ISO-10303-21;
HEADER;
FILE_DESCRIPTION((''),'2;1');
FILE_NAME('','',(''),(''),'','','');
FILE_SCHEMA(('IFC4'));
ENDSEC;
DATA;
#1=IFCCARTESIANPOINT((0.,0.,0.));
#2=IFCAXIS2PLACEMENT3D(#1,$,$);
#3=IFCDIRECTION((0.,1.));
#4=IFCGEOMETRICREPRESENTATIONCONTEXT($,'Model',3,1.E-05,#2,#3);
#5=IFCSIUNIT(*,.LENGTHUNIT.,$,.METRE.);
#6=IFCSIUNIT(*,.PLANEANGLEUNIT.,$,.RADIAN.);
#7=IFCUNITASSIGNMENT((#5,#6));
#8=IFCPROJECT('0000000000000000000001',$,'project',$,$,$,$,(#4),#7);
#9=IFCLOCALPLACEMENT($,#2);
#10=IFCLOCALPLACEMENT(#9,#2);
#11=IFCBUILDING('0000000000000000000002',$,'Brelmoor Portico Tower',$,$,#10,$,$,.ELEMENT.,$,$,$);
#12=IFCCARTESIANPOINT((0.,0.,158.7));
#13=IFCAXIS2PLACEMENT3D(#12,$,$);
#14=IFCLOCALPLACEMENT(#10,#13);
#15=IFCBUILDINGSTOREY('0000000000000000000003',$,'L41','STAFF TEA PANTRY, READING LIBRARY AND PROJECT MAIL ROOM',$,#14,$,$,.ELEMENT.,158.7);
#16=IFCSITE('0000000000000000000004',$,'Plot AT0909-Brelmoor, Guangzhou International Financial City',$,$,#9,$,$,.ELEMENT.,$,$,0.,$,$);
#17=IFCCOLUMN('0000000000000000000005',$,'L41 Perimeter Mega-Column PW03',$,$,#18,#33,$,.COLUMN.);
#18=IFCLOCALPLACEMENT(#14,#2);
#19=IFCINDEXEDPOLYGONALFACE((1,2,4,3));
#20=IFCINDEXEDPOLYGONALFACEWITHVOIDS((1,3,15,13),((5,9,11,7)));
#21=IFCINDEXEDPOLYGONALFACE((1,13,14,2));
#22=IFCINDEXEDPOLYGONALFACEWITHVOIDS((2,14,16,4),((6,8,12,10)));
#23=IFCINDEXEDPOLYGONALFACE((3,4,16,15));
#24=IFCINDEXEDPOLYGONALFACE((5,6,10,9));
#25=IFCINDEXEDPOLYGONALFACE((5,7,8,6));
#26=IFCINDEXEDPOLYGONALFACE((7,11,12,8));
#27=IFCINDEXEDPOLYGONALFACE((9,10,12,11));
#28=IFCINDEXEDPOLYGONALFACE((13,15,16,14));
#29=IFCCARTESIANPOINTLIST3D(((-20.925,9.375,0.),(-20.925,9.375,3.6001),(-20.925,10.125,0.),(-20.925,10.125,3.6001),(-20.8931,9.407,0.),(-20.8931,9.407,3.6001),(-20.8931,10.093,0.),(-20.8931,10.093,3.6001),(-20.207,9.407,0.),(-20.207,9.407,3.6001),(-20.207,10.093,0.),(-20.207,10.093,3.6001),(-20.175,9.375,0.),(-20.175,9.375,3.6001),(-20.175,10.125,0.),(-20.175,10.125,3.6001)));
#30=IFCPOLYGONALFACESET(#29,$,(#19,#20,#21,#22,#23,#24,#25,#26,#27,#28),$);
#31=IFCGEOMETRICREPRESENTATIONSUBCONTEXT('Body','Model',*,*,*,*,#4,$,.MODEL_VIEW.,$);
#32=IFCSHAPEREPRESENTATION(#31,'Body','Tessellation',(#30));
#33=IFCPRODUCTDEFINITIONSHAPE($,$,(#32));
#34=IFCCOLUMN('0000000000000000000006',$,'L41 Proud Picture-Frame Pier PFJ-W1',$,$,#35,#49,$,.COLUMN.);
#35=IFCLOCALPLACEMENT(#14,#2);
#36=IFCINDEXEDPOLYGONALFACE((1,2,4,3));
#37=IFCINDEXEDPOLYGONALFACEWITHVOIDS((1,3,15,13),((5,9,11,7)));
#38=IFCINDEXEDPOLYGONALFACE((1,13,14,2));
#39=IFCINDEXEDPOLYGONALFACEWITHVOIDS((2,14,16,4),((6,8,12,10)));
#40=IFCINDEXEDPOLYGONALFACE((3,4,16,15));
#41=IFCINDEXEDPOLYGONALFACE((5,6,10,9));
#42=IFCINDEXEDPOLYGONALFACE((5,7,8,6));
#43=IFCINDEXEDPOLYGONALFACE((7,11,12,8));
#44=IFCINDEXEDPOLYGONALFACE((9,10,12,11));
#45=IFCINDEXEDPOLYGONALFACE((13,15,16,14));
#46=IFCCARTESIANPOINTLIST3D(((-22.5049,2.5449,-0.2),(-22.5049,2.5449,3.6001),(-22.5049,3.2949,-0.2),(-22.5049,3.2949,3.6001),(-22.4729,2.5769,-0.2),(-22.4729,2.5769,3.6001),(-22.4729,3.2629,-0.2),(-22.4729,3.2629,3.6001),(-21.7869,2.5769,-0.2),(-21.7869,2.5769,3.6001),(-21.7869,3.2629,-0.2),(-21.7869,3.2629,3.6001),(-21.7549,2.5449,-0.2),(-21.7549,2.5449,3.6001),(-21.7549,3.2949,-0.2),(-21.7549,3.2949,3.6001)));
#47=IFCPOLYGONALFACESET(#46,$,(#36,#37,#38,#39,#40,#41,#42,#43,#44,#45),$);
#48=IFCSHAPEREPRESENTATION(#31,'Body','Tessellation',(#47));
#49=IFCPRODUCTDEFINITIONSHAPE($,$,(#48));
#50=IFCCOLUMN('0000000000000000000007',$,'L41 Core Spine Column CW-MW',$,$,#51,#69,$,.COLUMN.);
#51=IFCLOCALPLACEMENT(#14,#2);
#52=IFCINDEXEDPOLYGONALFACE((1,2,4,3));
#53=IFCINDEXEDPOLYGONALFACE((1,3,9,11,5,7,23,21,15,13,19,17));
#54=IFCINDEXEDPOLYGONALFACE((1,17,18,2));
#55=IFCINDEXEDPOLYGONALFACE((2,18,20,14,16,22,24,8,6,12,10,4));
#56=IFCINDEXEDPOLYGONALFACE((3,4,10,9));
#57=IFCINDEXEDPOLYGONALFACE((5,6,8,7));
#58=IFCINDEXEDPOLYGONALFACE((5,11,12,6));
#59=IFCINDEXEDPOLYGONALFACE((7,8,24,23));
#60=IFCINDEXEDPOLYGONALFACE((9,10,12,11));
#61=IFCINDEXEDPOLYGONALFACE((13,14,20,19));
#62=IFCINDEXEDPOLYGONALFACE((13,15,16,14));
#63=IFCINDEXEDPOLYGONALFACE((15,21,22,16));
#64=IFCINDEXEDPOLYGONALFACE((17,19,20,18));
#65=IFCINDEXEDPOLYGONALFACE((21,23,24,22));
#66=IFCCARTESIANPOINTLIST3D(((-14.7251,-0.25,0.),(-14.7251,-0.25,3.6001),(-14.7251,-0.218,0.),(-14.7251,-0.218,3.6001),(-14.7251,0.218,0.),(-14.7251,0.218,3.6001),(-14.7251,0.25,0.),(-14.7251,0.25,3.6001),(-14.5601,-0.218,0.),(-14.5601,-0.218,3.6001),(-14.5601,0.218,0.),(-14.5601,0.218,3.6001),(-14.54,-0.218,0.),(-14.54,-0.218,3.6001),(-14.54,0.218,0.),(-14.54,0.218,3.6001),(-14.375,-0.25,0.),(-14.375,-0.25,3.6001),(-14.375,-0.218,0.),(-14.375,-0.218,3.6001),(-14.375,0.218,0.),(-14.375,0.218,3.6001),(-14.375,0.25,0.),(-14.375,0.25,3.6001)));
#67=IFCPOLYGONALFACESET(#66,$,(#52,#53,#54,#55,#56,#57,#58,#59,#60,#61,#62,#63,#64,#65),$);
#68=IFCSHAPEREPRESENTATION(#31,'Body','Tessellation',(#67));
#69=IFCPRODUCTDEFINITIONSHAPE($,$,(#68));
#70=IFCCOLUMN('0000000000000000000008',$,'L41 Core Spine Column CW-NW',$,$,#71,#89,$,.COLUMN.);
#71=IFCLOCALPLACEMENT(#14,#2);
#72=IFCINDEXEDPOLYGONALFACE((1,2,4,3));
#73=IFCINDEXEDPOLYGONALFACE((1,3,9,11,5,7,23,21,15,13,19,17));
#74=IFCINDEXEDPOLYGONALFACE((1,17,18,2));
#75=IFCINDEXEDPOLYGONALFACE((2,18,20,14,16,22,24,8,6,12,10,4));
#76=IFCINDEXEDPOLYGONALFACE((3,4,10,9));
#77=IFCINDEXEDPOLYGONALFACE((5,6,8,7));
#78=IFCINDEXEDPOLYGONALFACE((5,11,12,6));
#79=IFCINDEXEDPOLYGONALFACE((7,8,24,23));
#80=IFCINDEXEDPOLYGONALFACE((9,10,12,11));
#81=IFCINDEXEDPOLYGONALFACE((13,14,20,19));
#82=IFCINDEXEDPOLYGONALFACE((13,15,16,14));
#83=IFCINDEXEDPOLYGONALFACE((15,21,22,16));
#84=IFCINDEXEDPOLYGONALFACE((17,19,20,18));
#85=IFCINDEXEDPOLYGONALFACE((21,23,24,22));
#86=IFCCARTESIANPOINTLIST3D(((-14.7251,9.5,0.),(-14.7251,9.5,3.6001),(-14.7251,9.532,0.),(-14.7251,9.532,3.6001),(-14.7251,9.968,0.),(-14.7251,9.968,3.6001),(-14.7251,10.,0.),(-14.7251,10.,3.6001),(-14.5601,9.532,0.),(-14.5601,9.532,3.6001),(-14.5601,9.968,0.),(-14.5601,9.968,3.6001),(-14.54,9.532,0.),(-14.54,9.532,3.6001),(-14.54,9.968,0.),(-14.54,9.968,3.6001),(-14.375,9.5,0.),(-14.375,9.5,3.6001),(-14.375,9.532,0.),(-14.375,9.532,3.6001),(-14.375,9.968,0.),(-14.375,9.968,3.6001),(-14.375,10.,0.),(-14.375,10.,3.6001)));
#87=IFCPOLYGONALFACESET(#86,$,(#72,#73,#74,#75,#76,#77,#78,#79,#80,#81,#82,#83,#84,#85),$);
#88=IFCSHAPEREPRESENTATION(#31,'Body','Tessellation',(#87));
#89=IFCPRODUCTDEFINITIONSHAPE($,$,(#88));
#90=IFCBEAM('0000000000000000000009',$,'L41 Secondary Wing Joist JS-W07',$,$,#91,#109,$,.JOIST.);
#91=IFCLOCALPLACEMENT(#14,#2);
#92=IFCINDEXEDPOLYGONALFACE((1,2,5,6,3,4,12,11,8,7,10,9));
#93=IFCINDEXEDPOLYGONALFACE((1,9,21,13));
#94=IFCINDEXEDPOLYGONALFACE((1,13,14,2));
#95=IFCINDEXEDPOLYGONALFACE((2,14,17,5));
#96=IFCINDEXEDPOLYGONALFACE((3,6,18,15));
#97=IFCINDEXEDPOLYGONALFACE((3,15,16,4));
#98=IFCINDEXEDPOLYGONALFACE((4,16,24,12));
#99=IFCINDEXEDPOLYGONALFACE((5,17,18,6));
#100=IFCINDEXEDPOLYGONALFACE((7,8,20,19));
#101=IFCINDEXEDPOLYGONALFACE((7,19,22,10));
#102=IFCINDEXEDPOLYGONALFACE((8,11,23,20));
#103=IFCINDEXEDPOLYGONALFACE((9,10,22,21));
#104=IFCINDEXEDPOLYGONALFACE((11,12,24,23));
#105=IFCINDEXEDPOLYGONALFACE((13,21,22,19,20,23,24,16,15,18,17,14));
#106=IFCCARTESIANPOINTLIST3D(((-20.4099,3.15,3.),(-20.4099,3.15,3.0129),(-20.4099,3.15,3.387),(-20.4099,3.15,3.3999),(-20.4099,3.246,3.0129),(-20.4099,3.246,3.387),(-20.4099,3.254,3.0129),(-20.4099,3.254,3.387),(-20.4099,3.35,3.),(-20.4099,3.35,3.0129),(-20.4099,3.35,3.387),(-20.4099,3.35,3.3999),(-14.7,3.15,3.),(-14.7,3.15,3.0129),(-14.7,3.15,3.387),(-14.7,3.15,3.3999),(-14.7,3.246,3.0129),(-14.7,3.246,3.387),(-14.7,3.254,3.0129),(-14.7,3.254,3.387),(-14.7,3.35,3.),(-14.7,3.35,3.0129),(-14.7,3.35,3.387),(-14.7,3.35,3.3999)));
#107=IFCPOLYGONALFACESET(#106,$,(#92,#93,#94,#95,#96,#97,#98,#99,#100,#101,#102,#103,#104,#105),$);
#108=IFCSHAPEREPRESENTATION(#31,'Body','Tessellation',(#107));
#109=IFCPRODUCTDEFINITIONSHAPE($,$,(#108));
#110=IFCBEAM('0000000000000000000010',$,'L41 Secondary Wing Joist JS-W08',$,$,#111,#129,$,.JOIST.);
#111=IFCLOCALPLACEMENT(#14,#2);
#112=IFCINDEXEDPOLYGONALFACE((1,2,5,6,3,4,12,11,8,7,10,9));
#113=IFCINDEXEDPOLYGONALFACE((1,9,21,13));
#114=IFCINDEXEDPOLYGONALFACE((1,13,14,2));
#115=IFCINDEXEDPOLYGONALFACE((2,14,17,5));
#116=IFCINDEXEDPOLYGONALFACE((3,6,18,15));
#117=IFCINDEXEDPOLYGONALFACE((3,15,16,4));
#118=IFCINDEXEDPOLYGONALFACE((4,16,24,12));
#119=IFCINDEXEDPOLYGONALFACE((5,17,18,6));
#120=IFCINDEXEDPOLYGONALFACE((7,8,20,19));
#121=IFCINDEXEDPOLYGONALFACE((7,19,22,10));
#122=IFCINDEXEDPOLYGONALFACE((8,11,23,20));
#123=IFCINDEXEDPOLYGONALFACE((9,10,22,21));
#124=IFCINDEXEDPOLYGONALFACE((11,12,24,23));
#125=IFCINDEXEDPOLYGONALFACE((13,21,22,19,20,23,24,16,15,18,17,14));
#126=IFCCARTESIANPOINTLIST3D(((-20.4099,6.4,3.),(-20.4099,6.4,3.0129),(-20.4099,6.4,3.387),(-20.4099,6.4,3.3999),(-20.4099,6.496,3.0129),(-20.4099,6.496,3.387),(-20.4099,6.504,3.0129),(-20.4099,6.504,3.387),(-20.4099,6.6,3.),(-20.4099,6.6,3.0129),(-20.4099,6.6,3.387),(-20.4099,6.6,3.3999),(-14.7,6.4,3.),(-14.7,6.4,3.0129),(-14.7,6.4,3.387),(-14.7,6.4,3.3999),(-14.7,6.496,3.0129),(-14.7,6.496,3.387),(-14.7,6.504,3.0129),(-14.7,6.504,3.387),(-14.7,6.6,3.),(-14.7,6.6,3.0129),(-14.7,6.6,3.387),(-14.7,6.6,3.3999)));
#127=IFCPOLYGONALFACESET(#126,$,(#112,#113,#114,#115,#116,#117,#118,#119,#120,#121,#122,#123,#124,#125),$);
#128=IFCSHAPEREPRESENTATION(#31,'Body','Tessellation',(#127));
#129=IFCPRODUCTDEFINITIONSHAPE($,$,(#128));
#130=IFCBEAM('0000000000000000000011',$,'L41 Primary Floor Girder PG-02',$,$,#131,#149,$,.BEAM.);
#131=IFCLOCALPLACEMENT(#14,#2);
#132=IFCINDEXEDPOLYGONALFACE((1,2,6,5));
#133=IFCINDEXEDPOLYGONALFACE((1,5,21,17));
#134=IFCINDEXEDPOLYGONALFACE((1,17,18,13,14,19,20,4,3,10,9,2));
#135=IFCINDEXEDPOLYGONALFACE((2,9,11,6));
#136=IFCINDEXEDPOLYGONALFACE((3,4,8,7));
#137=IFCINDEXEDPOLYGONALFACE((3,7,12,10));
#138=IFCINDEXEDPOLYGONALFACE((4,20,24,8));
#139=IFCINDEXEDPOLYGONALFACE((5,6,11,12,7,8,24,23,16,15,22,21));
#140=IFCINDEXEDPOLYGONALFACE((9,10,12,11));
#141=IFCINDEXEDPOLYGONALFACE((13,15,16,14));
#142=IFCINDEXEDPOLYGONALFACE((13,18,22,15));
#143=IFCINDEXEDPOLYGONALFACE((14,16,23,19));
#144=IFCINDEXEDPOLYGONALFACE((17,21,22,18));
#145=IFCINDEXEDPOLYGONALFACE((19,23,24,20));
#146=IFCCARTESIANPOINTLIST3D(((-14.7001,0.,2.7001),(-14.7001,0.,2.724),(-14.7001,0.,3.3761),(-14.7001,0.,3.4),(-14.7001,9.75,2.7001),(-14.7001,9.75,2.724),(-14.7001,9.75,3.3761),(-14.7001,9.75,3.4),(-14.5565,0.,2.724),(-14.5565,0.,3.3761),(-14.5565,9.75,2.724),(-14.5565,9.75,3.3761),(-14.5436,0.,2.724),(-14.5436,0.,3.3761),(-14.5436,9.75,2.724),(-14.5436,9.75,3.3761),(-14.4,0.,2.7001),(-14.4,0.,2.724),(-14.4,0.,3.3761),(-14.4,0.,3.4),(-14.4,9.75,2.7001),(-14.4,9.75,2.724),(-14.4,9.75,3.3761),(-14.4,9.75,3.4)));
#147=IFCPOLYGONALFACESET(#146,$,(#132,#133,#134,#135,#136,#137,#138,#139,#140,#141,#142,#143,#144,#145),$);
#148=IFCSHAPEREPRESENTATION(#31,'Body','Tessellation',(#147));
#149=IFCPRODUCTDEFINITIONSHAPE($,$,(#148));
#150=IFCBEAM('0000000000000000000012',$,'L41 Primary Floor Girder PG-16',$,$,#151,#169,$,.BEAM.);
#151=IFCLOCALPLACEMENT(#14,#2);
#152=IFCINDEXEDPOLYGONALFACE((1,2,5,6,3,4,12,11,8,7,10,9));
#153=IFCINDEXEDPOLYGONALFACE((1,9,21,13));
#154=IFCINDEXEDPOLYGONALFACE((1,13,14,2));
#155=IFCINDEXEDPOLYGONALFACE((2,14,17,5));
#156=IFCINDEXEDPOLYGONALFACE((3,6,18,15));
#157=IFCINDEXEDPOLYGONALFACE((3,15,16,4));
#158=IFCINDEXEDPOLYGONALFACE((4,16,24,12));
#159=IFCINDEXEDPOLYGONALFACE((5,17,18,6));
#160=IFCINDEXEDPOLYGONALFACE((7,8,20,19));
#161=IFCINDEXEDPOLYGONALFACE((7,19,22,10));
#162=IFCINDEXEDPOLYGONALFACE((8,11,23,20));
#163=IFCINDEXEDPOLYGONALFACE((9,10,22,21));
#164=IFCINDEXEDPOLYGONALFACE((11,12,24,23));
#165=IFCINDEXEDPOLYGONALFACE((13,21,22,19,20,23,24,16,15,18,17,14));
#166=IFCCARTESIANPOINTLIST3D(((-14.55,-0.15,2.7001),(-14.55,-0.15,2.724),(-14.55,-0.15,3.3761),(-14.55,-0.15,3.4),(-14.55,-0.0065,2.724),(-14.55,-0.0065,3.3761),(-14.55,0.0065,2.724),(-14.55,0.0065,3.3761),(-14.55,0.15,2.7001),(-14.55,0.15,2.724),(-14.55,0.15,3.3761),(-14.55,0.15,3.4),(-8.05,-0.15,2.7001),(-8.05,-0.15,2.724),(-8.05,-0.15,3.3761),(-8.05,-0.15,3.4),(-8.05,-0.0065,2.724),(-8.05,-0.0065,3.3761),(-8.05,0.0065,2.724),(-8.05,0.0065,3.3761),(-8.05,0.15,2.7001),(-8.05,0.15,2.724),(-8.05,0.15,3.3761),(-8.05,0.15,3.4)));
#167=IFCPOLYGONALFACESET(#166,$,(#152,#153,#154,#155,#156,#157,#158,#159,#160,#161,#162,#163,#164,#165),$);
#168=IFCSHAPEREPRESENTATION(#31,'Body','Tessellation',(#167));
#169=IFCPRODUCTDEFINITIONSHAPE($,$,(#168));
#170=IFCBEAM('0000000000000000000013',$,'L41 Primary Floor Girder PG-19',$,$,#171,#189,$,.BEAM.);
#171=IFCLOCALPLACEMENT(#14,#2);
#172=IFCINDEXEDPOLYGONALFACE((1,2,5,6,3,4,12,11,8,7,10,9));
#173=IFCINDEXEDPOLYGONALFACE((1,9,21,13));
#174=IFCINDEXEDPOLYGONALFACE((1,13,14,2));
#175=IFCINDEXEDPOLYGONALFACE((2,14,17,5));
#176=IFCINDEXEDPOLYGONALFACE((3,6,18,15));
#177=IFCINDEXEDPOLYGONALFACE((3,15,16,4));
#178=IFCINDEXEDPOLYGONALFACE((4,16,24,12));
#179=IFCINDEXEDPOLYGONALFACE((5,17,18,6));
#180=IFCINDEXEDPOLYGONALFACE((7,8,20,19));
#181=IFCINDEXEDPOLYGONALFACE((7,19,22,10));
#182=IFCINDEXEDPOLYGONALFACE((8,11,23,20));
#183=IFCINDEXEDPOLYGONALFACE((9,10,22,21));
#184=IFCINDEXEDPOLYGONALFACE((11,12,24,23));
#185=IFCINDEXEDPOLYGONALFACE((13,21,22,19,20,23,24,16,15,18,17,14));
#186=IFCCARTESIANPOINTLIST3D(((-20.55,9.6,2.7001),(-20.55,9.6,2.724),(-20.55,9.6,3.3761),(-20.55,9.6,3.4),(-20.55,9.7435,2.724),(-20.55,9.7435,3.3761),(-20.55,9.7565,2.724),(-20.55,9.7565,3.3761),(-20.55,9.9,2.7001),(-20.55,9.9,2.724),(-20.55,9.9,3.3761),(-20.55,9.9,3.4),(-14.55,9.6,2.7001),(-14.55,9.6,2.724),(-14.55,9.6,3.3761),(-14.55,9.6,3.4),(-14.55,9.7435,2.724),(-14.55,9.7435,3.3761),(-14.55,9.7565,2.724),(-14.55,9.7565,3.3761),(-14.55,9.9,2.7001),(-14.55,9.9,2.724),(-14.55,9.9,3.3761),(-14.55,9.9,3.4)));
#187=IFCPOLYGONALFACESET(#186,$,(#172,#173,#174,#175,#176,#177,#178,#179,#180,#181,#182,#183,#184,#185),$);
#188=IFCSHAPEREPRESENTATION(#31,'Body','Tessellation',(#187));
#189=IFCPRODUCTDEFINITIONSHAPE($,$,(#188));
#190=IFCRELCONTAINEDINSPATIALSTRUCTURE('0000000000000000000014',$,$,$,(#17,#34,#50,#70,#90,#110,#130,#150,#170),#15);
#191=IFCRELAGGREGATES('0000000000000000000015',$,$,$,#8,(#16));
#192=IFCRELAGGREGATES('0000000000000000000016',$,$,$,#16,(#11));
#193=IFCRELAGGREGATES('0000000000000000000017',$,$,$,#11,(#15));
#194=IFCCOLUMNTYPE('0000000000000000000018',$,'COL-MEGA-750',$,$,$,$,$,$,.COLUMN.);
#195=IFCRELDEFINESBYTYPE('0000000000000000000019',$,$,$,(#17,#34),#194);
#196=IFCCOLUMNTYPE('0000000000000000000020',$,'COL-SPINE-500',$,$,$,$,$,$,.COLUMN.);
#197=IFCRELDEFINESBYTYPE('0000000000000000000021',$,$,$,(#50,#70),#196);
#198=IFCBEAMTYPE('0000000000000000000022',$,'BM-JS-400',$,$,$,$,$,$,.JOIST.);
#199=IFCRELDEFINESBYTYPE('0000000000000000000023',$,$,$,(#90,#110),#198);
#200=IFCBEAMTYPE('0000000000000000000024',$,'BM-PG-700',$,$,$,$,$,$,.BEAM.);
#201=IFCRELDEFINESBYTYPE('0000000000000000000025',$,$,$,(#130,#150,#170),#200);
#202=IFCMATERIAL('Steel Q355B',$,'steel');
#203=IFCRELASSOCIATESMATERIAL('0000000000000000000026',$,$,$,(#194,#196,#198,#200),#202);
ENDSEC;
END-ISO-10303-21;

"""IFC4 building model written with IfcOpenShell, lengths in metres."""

from ifc_helpers import new_model, si_unit, direction, frame, origin, origin_2d, place, context, subcontext, project, spatial, hollow_rectangle, i_section, extrude, material, material_profile, profile_set, type_object, element, save


model = new_model("IFC4")

# Units and contexts
model_context = context("Model", 3, precision=1e-05, world=origin(), true_north=direction((0.0, 1.0)))
body_context = subcontext(model_context, "Body", "Model", "MODEL_VIEW")
ifc_project = project(units=[si_unit("LENGTHUNIT", "METRE"), si_unit("PLANEANGLEUNIT", "RADIAN")], contexts=[model_context])

# Site, building, storey
site_placement = place(None, origin())
site = spatial("IfcSite", under=ifc_project, at=site_placement, Name="Plot AT0909-Brelmoor, Guangzhou International Financial City", CompositionType="ELEMENT", RefElevation=0.0)
building_placement = place(site_placement, origin())
building = spatial("IfcBuilding", under=site, at=building_placement, Name="Brelmoor Portico Tower", CompositionType="ELEMENT")
storey_placement = place(building_placement, frame((0.0, 0.0, 158.7)))
storey = spatial("IfcBuildingStorey", under=building, at=storey_placement, Name="L41", Description="STAFF TEA PANTRY, READING LIBRARY AND PROJECT MAIL ROOM", CompositionType="ELEMENT", Elevation=158.7)

# Columns
ifc_material_1 = material(Name="Steel Q355B", Category="steel")
ifc_material_profile_1 = material_profile(ifc_material_1, hollow_rectangle(XDim=0.75, YDim=0.75, WallThickness=0.032, at=origin_2d()), Name="BOX 750x750x32")
ifc_profile_set_1 = profile_set([ifc_material_profile_1], Name="Steel Q355B")
column_type_1 = type_object("IfcColumnType", Name="COL-MEGA-750", PredefinedType="COLUMN", material=ifc_profile_set_1)
column_1_placement = place(storey_placement, frame((-20.55, 9.75, 0.0), z_axis=(0.0, 0.0, 1.0), x_axis=(0.0, 1.0, 0.0)))
element("IfcColumn", 1, at=column_1_placement, inside=storey, type_object=column_type_1, Name="L41 Perimeter Mega-Column PW03", PredefinedType="COLUMN", context=body_context, shape_type="SweptSolid", body=[
    extrude(hollow_rectangle(XDim=0.75, YDim=0.75, WallThickness=0.032, at=origin_2d()), origin(), (0.0, 0.0, 1.0), 3.6001),
])
column_2_placement = place(storey_placement, frame((-22.1299, 2.9199, -0.2), z_axis=(0.0, 0.0, 1.0), x_axis=(0.0, 1.0, 0.0)))
element("IfcColumn", 2, at=column_2_placement, inside=storey, type_object=column_type_1, Name="L41 Proud Picture-Frame Pier PFJ-W1", PredefinedType="COLUMN", context=body_context, shape_type="SweptSolid", body=[
    extrude(hollow_rectangle(XDim=0.75, YDim=0.75, WallThickness=0.032, at=origin_2d()), origin(), (0.0, 0.0, 1.0), 3.8),
])
ifc_material_profile_2 = material_profile(ifc_material_1, i_section(OverallWidth=0.3501, OverallDepth=0.5, WebThickness=0.02, FlangeThickness=0.032, at=origin_2d()), Name="HW 500x350x20x32")
ifc_profile_set_2 = profile_set([ifc_material_profile_2], Name="Steel Q355B")
column_type_2 = type_object("IfcColumnType", Name="COL-SPINE-500", PredefinedType="COLUMN", material=ifc_profile_set_2)
for number, where, z_axis, x_axis, name in (
    (3, (-14.55, 0.0, 0.0), (0.0, 0.0, 1.0), (1.0, 0.0, 0.0), "L41 Core Spine Column CW-MW"),
    (4, (-14.55, 9.75, 0.0), (0.0, 0.0, 1.0), (1.0, 0.0, 0.0), "L41 Core Spine Column CW-NW"),
):
    element("IfcColumn", number, at=place(storey_placement, frame(where, z_axis=z_axis, x_axis=x_axis)), inside=storey, type_object=column_type_2, Name=name, PredefinedType="COLUMN", context=body_context, shape_type="SweptSolid", body=[
        extrude(i_section(OverallWidth=0.3501, OverallDepth=0.5, WebThickness=0.02, FlangeThickness=0.032, at=origin_2d()), origin(), (0.0, 0.0, 1.0), 3.6001),
    ])

# Beams
ifc_material_profile_3 = material_profile(ifc_material_1, i_section(OverallWidth=0.2, OverallDepth=0.3999, WebThickness=0.0081, FlangeThickness=0.0129, at=origin_2d()), Name="HN 400x200x8x13")
ifc_profile_set_3 = profile_set([ifc_material_profile_3], Name="Steel Q355B")
beam_type_1 = type_object("IfcBeamType", Name="BM-JS-400", PredefinedType="JOIST", material=ifc_profile_set_3)
for number, where, z_axis, x_axis, name in (
    (5, (-20.4099, 3.25, 3.2), (1.0, 0.0, 0.0), (0.0, 1.0, 0.0), "L41 Secondary Wing Joist JS-W07"),
    (6, (-20.4099, 6.5, 3.2), (1.0, 0.0, 0.0), (0.0, 1.0, 0.0), "L41 Secondary Wing Joist JS-W08"),
):
    element("IfcBeam", number, at=place(storey_placement, frame(where, z_axis=z_axis, x_axis=x_axis)), inside=storey, type_object=beam_type_1, Name=name, PredefinedType="JOIST", context=body_context, shape_type="SweptSolid", body=[
        extrude(i_section(OverallWidth=0.2, OverallDepth=0.3999, WebThickness=0.0081, FlangeThickness=0.0129, at=origin_2d()), origin(), (0.0, 0.0, 1.0), 5.71),
    ])
ifc_material_profile_4 = material_profile(ifc_material_1, i_section(OverallWidth=0.3, OverallDepth=0.7, WebThickness=0.0129, FlangeThickness=0.0239, at=origin_2d()), Name="HN 700x300x13x24")
ifc_profile_set_4 = profile_set([ifc_material_profile_4], Name="Steel Q355B")
beam_type_2 = type_object("IfcBeamType", Name="BM-PG-700", PredefinedType="BEAM", material=ifc_profile_set_4)
beam_1_placement = place(storey_placement, frame((-14.55, 0.0, 3.05), z_axis=(0.0, 1.0, 0.0), x_axis=(-1.0, 0.0, 0.0)))
element("IfcBeam", 7, at=beam_1_placement, inside=storey, type_object=beam_type_2, Name="L41 Primary Floor Girder PG-02", PredefinedType="BEAM", context=body_context, shape_type="SweptSolid", body=[
    extrude(i_section(OverallWidth=0.3, OverallDepth=0.7, WebThickness=0.0129, FlangeThickness=0.0239, at=origin_2d()), origin(), (0.0, 0.0, 1.0), 9.75),
])
beam_2_placement = place(storey_placement, frame((-14.55, 0.0, 3.05), z_axis=(1.0, 0.0, 0.0), x_axis=(0.0, 1.0, 0.0)))
element("IfcBeam", 8, at=beam_2_placement, inside=storey, type_object=beam_type_2, Name="L41 Primary Floor Girder PG-16", PredefinedType="BEAM", context=body_context, shape_type="SweptSolid", body=[
    extrude(i_section(OverallWidth=0.3, OverallDepth=0.7, WebThickness=0.0129, FlangeThickness=0.0239, at=origin_2d()), origin(), (0.0, 0.0, 1.0), 6.5),
])
beam_3_placement = place(storey_placement, frame((-20.55, 9.75, 3.05), z_axis=(1.0, 0.0, 0.0), x_axis=(0.0, 1.0, 0.0)))
element("IfcBeam", 9, at=beam_3_placement, inside=storey, type_object=beam_type_2, Name="L41 Primary Floor Girder PG-19", PredefinedType="BEAM", context=body_context, shape_type="SweptSolid", body=[
    extrude(i_section(OverallWidth=0.3, OverallDepth=0.7, WebThickness=0.0129, FlangeThickness=0.0239, at=origin_2d()), origin(), (0.0, 0.0, 1.0), 6.0),
])

save(model, "model.ifc")
